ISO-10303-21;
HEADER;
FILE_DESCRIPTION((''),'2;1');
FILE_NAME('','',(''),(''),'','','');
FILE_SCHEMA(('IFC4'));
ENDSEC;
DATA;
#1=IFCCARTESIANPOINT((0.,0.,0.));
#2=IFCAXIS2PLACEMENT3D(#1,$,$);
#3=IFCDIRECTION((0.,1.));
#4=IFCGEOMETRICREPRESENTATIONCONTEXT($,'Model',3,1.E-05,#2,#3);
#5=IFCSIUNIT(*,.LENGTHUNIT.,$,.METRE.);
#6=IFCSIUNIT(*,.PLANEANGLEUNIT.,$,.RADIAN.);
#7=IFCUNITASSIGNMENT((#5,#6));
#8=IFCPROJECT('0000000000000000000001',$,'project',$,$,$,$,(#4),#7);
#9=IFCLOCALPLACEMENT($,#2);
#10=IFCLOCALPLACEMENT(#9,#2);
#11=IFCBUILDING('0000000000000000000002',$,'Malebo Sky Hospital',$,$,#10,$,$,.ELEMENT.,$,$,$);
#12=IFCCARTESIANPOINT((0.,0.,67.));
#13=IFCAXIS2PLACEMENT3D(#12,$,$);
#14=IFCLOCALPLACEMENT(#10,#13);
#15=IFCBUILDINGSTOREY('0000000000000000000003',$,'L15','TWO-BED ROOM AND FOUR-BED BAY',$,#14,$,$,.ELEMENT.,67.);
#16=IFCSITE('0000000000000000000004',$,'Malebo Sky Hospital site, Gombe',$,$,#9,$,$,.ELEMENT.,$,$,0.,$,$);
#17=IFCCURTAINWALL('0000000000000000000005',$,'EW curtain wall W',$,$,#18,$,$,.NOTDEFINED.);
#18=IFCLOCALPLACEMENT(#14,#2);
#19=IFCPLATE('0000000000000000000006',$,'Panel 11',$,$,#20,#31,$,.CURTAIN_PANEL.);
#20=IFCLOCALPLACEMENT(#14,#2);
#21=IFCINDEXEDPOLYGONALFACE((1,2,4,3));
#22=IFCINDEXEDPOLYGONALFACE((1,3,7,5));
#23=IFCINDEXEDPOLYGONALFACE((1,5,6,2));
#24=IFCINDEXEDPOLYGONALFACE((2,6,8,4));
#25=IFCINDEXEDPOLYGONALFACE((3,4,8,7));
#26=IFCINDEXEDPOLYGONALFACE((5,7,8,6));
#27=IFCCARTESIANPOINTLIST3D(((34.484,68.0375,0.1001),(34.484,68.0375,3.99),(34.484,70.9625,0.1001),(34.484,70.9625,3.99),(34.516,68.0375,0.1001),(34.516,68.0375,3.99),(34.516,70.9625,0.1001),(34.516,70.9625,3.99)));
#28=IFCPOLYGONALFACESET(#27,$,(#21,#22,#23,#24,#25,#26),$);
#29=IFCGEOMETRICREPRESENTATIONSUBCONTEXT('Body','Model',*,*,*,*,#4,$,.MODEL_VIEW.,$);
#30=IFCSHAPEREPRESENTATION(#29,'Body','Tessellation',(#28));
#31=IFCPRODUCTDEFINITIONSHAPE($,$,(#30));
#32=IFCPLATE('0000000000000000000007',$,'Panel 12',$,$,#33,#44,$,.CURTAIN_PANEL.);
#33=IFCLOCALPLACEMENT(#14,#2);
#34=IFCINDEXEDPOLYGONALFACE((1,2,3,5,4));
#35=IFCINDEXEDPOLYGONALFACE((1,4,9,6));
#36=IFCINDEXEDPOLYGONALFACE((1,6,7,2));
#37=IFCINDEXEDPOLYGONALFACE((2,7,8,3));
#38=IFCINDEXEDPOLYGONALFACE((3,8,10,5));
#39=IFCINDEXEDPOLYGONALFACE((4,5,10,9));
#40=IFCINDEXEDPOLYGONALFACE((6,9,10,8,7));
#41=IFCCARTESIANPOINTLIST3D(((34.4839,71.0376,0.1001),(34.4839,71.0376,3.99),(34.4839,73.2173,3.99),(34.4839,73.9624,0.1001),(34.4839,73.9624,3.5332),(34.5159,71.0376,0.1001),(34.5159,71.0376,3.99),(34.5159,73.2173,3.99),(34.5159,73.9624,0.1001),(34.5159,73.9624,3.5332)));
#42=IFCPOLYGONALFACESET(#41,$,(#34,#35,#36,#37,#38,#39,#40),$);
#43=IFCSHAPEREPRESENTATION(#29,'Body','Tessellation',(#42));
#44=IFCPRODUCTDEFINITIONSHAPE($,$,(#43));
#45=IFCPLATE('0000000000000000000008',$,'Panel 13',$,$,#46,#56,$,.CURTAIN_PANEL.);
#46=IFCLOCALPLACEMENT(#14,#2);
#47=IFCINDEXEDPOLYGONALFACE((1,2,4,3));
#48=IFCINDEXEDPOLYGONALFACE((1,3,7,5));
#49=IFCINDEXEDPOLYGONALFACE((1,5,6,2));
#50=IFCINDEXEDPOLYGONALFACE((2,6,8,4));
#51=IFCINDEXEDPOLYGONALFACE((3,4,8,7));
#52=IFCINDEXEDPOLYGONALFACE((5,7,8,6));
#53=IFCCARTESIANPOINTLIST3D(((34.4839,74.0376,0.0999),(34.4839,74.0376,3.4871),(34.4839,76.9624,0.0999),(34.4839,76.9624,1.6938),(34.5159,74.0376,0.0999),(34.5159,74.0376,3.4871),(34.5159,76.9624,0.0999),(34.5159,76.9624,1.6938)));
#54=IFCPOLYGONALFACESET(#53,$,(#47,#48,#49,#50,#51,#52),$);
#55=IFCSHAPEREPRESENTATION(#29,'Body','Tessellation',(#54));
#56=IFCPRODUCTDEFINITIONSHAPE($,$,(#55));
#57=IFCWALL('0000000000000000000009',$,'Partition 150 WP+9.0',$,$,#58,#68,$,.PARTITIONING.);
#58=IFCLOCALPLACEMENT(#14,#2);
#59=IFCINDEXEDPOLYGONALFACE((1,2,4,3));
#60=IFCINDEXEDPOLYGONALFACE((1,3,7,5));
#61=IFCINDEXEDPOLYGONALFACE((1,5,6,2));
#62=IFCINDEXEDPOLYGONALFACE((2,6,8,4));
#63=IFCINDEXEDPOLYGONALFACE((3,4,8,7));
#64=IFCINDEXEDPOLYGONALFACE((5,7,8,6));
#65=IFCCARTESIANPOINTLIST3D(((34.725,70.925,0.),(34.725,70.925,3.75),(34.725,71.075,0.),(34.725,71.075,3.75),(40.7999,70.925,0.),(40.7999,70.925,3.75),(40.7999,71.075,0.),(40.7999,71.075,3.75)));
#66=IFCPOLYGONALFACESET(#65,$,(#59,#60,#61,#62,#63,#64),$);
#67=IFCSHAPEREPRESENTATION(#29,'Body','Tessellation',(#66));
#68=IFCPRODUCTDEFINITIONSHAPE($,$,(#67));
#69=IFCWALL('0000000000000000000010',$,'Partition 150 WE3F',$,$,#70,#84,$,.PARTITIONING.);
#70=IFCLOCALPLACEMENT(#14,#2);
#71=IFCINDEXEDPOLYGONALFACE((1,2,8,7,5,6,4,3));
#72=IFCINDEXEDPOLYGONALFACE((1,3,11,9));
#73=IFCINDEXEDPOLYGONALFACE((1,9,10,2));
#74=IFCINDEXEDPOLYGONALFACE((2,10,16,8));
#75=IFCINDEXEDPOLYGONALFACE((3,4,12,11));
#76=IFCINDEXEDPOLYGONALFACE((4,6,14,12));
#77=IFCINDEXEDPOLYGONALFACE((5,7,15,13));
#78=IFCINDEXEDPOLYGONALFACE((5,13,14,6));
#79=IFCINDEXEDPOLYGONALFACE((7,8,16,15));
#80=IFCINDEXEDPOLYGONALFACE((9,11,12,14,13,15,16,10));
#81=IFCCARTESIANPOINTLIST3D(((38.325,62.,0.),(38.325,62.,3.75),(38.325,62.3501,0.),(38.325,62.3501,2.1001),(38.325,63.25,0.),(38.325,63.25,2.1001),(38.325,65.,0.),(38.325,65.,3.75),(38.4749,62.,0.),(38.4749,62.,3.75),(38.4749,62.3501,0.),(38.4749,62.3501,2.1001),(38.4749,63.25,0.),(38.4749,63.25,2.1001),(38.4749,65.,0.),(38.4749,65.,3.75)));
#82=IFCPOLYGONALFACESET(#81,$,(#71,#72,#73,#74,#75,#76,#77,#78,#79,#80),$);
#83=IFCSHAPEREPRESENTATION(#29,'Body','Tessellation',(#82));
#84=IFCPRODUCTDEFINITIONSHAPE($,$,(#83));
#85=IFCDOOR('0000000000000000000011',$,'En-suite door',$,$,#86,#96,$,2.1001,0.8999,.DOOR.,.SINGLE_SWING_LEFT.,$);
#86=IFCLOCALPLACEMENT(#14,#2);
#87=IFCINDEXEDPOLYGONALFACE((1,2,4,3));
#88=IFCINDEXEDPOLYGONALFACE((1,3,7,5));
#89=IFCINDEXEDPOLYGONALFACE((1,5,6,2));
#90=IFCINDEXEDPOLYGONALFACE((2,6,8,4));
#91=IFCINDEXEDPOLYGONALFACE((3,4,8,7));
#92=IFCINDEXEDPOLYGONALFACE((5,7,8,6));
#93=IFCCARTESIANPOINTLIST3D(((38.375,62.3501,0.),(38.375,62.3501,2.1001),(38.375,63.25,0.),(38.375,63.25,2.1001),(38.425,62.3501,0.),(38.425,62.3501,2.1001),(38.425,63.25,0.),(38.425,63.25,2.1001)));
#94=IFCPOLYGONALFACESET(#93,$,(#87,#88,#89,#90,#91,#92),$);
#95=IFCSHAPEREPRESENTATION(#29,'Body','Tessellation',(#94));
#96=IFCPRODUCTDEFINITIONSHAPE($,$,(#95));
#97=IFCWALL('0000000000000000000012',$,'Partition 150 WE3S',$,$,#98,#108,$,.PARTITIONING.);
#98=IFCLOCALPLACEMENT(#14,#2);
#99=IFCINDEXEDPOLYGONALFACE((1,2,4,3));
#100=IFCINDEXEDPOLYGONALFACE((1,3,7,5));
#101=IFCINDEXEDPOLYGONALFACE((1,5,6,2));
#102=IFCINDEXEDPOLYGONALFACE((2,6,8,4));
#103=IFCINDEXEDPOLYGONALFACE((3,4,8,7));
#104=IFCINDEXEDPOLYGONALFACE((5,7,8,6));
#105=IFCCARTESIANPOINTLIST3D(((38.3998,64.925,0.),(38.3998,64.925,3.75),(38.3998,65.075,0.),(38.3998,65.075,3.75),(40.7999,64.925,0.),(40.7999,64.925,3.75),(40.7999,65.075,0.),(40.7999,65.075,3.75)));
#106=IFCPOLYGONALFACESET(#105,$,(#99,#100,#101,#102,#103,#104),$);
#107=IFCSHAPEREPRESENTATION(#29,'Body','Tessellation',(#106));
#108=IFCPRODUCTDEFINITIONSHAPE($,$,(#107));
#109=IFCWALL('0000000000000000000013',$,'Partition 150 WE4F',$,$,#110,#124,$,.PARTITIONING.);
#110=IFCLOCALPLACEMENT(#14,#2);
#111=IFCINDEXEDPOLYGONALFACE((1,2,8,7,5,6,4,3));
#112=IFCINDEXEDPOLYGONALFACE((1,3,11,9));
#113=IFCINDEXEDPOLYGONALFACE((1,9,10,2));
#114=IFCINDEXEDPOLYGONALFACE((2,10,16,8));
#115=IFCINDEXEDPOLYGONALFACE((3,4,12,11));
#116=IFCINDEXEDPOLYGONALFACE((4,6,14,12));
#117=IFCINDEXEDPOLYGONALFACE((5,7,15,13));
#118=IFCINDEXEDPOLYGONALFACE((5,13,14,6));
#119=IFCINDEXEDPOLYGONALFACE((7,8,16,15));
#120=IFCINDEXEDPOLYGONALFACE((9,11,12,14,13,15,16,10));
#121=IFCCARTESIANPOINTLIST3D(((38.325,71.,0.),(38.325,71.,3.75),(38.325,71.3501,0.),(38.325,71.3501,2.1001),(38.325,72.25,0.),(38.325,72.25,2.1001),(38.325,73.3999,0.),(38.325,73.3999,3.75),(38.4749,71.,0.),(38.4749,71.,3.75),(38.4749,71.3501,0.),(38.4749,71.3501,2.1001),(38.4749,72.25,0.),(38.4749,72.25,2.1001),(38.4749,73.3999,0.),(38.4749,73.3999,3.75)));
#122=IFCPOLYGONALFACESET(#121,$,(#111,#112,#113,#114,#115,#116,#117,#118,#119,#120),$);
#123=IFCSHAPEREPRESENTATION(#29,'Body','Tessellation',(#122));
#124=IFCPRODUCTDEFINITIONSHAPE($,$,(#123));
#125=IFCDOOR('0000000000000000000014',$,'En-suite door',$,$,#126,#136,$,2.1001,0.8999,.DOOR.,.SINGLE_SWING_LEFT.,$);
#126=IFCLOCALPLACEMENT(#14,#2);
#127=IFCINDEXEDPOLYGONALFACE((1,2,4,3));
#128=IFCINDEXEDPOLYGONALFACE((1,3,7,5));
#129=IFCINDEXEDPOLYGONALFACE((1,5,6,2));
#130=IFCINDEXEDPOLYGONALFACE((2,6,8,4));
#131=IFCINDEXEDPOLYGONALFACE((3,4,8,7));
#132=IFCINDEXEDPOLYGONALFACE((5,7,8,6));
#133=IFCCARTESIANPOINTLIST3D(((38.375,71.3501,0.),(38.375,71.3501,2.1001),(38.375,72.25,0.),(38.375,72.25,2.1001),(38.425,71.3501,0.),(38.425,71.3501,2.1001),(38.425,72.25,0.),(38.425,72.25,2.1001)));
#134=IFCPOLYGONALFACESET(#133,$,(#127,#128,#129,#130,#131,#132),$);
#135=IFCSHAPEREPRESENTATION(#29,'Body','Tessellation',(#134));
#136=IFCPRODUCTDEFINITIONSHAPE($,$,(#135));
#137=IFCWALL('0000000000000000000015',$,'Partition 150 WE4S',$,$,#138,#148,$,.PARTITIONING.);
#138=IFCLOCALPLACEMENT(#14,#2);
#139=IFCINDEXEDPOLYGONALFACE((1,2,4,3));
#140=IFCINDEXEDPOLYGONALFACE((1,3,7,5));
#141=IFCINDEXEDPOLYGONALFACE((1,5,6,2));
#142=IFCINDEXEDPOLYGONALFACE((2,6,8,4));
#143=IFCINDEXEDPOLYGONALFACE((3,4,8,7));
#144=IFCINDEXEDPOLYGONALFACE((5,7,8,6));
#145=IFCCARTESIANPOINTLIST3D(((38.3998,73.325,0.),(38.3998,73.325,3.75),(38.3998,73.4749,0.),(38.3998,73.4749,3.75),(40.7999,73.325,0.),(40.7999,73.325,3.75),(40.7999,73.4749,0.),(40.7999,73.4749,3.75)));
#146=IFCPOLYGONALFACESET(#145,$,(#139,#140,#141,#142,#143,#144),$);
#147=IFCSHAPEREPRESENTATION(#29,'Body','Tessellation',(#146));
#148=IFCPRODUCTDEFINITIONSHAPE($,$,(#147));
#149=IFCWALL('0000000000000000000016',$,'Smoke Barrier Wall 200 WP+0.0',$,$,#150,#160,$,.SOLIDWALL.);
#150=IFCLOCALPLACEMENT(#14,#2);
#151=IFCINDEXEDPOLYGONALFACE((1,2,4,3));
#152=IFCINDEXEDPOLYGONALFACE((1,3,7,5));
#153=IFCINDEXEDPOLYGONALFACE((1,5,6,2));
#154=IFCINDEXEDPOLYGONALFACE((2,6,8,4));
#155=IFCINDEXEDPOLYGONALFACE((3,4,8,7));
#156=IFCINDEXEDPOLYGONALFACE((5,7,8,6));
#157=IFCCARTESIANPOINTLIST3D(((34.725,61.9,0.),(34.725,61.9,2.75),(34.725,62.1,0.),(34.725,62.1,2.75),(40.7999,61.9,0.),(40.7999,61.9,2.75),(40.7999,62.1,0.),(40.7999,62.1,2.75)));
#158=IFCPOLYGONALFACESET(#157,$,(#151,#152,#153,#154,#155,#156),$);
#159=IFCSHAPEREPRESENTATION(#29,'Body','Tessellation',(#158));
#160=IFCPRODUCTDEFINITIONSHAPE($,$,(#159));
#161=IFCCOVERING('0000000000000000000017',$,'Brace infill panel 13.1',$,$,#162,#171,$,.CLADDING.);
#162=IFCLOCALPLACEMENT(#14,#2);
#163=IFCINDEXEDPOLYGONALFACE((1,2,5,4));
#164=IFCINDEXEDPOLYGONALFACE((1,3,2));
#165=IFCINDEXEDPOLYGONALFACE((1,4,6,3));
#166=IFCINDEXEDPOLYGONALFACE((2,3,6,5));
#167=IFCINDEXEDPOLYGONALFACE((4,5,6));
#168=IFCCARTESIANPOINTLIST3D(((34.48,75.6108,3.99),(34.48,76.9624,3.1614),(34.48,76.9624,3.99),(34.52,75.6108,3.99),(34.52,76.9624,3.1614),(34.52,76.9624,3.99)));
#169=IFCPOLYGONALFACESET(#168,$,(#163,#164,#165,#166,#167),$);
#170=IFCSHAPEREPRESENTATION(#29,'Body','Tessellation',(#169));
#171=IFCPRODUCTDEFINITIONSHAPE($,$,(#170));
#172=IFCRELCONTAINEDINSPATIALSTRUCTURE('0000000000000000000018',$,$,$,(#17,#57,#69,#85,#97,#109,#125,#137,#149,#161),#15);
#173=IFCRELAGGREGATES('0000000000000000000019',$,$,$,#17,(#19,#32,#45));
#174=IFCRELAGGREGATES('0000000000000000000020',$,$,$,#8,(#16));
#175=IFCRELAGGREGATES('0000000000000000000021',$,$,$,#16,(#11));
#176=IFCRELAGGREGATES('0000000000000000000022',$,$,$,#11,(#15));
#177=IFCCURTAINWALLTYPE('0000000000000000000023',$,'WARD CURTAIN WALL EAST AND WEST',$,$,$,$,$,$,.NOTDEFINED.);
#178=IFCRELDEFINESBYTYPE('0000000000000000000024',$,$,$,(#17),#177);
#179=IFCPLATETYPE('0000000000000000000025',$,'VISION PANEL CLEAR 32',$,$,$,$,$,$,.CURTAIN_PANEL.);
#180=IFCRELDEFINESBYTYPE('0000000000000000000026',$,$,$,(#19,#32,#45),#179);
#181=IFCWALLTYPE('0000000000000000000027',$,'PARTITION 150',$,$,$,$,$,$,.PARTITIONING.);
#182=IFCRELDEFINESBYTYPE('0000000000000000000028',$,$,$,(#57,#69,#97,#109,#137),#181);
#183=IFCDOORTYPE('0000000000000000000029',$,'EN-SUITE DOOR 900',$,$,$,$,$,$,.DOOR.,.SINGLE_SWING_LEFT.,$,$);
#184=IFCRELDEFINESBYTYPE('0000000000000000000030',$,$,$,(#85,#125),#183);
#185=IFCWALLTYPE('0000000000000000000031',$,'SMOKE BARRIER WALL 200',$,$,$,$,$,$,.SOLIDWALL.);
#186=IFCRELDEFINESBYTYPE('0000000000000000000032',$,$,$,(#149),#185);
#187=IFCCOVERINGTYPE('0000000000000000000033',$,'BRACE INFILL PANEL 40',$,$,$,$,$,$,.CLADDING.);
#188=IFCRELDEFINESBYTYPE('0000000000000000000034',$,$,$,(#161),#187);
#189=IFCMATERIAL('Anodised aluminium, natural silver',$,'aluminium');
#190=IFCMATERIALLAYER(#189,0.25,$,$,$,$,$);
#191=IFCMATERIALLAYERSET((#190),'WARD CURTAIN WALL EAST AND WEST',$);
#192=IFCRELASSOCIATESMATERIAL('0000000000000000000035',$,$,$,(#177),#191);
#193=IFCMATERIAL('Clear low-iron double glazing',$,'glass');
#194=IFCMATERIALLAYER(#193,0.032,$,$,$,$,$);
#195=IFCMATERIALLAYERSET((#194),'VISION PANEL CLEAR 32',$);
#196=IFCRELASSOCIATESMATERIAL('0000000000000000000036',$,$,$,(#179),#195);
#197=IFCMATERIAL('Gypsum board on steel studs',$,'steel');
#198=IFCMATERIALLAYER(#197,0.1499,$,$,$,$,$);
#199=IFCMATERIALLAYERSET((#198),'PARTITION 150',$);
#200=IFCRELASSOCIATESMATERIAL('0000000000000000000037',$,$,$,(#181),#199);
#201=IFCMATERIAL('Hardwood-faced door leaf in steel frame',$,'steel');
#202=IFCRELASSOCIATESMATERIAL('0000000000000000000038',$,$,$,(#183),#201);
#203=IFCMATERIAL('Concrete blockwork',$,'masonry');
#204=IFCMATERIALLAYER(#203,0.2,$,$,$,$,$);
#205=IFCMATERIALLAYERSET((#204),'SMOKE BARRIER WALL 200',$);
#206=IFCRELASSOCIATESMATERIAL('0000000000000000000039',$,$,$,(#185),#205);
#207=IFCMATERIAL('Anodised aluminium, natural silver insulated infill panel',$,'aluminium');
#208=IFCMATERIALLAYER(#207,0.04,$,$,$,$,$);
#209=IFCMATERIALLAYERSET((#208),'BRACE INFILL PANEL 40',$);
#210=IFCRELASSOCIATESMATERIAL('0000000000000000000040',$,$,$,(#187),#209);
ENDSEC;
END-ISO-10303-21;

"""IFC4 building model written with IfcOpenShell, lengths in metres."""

from ifc_helpers import new_model, si_unit, direction, frame, frame_2d, origin, origin_2d, place, context, subcontext, project, spatial, polyline, rectangle, outline, extrude, material, layer, layer_set, type_object, element, fill, aggregate, save


model = new_model("IFC4")

# Units and contexts
model_context = context("Model", 3, precision=1e-05, world=origin(), true_north=direction((0.0, 1.0)))
body_context = subcontext(model_context, "Body", "Model", "MODEL_VIEW")
ifc_project = project(units=[si_unit("LENGTHUNIT", "METRE"), si_unit("PLANEANGLEUNIT", "RADIAN")], contexts=[model_context])

# Site, building, storey
site_placement = place(None, origin())
site = spatial("IfcSite", under=ifc_project, at=site_placement, Name="Malebo Sky Hospital site, Gombe", CompositionType="ELEMENT", RefElevation=0.0)
building_placement = place(site_placement, origin())
building = spatial("IfcBuilding", under=site, at=building_placement, Name="Malebo Sky Hospital", CompositionType="ELEMENT")
storey_placement = place(building_placement, frame((0.0, 0.0, 67.0)))
storey = spatial("IfcBuildingStorey", under=building, at=storey_placement, Name="L15", Description="TWO-BED ROOM AND FOUR-BED BAY", CompositionType="ELEMENT", Elevation=67.0)

# Curtain wall
ifc_material_1 = material(Name="Anodised aluminium, natural silver", Category="aluminium")
ifc_layer_1 = layer(ifc_material_1, 0.25)
ifc_layer_set_1 = layer_set([ifc_layer_1], Name="WARD CURTAIN WALL EAST AND WEST")
curtain_wall_type = type_object("IfcCurtainWallType", Name="WARD CURTAIN WALL EAST AND WEST", PredefinedType="NOTDEFINED", material=ifc_layer_set_1)
curtain_wall_placement = place(storey_placement, origin())
curtain_wall = element("IfcCurtainWall", 1, at=curtain_wall_placement, inside=storey, type_object=curtain_wall_type, Name="EW curtain wall W", PredefinedType="NOTDEFINED")

# Plates
ifc_material_2 = material(Name="Clear low-iron double glazing", Category="glass")
ifc_layer_2 = layer(ifc_material_2, 0.032)
ifc_layer_set_2 = layer_set([ifc_layer_2], Name="VISION PANEL CLEAR 32")
plate_type = type_object("IfcPlateType", Name="VISION PANEL CLEAR 32", PredefinedType="CURTAIN_PANEL", material=ifc_layer_set_2)
plate_1_placement = place(storey_placement, frame((34.5, 69.5, 0.1001), z_axis=(0.0, 0.0, 1.0), x_axis=(0.0, 1.0, 0.0)))
plate_1 = element("IfcPlate", 2, at=plate_1_placement, type_object=plate_type, Name="Panel 11", PredefinedType="CURTAIN_PANEL", context=body_context, shape_type="SweptSolid", body=[
    extrude(rectangle(XDim=2.925, YDim=0.032, at=origin_2d()), origin(), (0.0, 0.0, 1.0), 3.8899),
])
plate_2_placement = place(storey_placement, frame((34.5, 72.5, 0.1001), z_axis=(0.0, 0.0, 1.0), x_axis=(0.0, 1.0, 0.0)))
plate_2 = element("IfcPlate", 3, at=plate_2_placement, type_object=plate_type, Name="Panel 12", PredefinedType="CURTAIN_PANEL", context=body_context, shape_type="SweptSolid", body=[
    extrude(outline(polyline([(-1.4624, 0.0), (1.4624, 0.0), (1.4624, 3.4331), (0.7173, 3.8899), (-1.4624, 3.8899), (-1.4624, 0.0)])), frame((0.0, 0.0161, 0.0), z_axis=(0.0, -1.0, 0.0), x_axis=(1.0, 0.0, 0.0)), (0.0, 0.0, 1.0), 0.032),
])
plate_3_placement = place(storey_placement, frame((34.5, 75.5, 0.0999), z_axis=(0.0, 0.0, 1.0), x_axis=(0.0, 1.0, 0.0)))
plate_3 = element("IfcPlate", 4, at=plate_3_placement, type_object=plate_type, Name="Panel 13", PredefinedType="CURTAIN_PANEL", context=body_context, shape_type="SweptSolid", body=[
    extrude(outline(polyline([(-1.4624, 0.0), (1.4624, 0.0), (1.4624, 1.594), (-1.4624, 3.3872), (-1.4624, 0.0)])), frame((0.0, 0.0161, 0.0), z_axis=(0.0, -1.0, 0.0), x_axis=(1.0, 0.0, 0.0)), (0.0, 0.0, 1.0), 0.032),
])
aggregate(curtain_wall, [plate_1, plate_2, plate_3])

# Wall
ifc_material_3 = material(Name="Gypsum board on steel studs", Category="steel")
ifc_layer_3 = layer(ifc_material_3, 0.1499)
ifc_layer_set_3 = layer_set([ifc_layer_3], Name="PARTITION 150")
wall_type_1 = type_object("IfcWallType", Name="PARTITION 150", PredefinedType="PARTITIONING", material=ifc_layer_set_3)
wall_1_placement = place(storey_placement, frame((40.8, 71.0, 0.0), z_axis=(0.0, 0.0, 1.0), x_axis=(-1.0, 0.0, 0.0)))
element("IfcWall", 5, at=wall_1_placement, inside=storey, type_object=wall_type_1, Name="Partition 150 WP+9.0", PredefinedType="PARTITIONING", context=body_context, shape_type="SweptSolid", body=[
    extrude(rectangle(XDim=6.075, YDim=0.1499, at=frame_2d((3.0376, 0.0))), origin(), (0.0, 0.0, 1.0), 3.75),
])

# Wall, opening, door
wall_2_placement = place(storey_placement, frame((38.3999, 62.0, 0.0), z_axis=(0.0, 0.0, 1.0), x_axis=(0.0, 1.0, 0.0)))
wall_2 = element("IfcWall", 6, at=wall_2_placement, inside=storey, type_object=wall_type_1, Name="Partition 150 WE3F", PredefinedType="PARTITIONING", context=body_context, shape_type="SweptSolid", body=[
    extrude(rectangle(XDim=3.0, YDim=0.1499, at=frame_2d((1.5, 0.0))), origin(), (0.0, 0.0, 1.0), 3.75),
])
opening_1_placement = place(wall_2_placement, frame((0.3501, 0.0, 0.0)))
opening_1 = element("IfcOpeningElement", 7, at=opening_1_placement, cuts=wall_2, PredefinedType="OPENING", context=body_context, shape_type="SweptSolid", body=[
    extrude(rectangle(XDim=0.8999, YDim=2.1001, at=frame_2d((0.45, 1.05))), frame((0.0, 0.085, 0.0), z_axis=(0.0, -1.0, 0.0), x_axis=(1.0, 0.0, 0.0)), (0.0, 0.0, 1.0), 0.1699),
])
ifc_material_4 = material(Name="Hardwood-faced door leaf in steel frame", Category="steel")
door_type = type_object("IfcDoorType", Name="EN-SUITE DOOR 900", OperationType="SINGLE_SWING_LEFT", PredefinedType="DOOR", material=ifc_material_4)
door_1_placement = place(opening_1_placement, origin())
door_1 = element("IfcDoor", 8, at=door_1_placement, inside=storey, type_object=door_type, Name="En-suite door", OperationType="SINGLE_SWING_LEFT", OverallHeight=2.1001, OverallWidth=0.8999, PredefinedType="DOOR", context=body_context, shape_type="SweptSolid", body=[
    extrude(rectangle(XDim=0.8999, YDim=2.1001, at=frame_2d((0.45, 1.05))), frame((0.0, 0.0249, 0.0), z_axis=(0.0, -1.0, 0.0), x_axis=(1.0, 0.0, 0.0)), (0.0, 0.0, 1.0), 0.05),
])
fill(opening_1, door_1)

# Wall
wall_3_placement = place(storey_placement, frame((40.8, 65.0, 0.0), z_axis=(0.0, 0.0, 1.0), x_axis=(-1.0, 0.0, 0.0)))
element("IfcWall", 9, at=wall_3_placement, inside=storey, type_object=wall_type_1, Name="Partition 150 WE3S", PredefinedType="PARTITIONING", context=body_context, shape_type="SweptSolid", body=[
    extrude(rectangle(XDim=2.4001, YDim=0.1499, at=frame_2d((1.2002, 0.0))), origin(), (0.0, 0.0, 1.0), 3.75),
])

# Wall, opening, door
wall_4_placement = place(storey_placement, frame((38.3999, 71.0, 0.0), z_axis=(0.0, 0.0, 1.0), x_axis=(0.0, 1.0, 0.0)))
wall_4 = element("IfcWall", 10, at=wall_4_placement, inside=storey, type_object=wall_type_1, Name="Partition 150 WE4F", PredefinedType="PARTITIONING", context=body_context, shape_type="SweptSolid", body=[
    extrude(rectangle(XDim=2.3999, YDim=0.1499, at=frame_2d((1.2, 0.0))), origin(), (0.0, 0.0, 1.0), 3.75),
])
opening_2_placement = place(wall_4_placement, frame((0.3501, 0.0, 0.0)))
opening_2 = element("IfcOpeningElement", 11, at=opening_2_placement, cuts=wall_4, PredefinedType="OPENING", context=body_context, shape_type="SweptSolid", body=[
    extrude(rectangle(XDim=0.8999, YDim=2.1001, at=frame_2d((0.45, 1.05))), frame((0.0, 0.085, 0.0), z_axis=(0.0, -1.0, 0.0), x_axis=(1.0, 0.0, 0.0)), (0.0, 0.0, 1.0), 0.1699),
])
door_2_placement = place(opening_2_placement, origin())
door_2 = element("IfcDoor", 12, at=door_2_placement, inside=storey, type_object=door_type, Name="En-suite door", OperationType="SINGLE_SWING_LEFT", OverallHeight=2.1001, OverallWidth=0.8999, PredefinedType="DOOR", context=body_context, shape_type="SweptSolid", body=[
    extrude(rectangle(XDim=0.8999, YDim=2.1001, at=frame_2d((0.45, 1.05))), frame((0.0, 0.0249, 0.0), z_axis=(0.0, -1.0, 0.0), x_axis=(1.0, 0.0, 0.0)), (0.0, 0.0, 1.0), 0.05),
])
fill(opening_2, door_2)

# Walls
wall_5_placement = place(storey_placement, frame((40.8, 73.3999, 0.0), z_axis=(0.0, 0.0, 1.0), x_axis=(-1.0, 0.0, 0.0)))
element("IfcWall", 13, at=wall_5_placement, inside=storey, type_object=wall_type_1, Name="Partition 150 WE4S", PredefinedType="PARTITIONING", context=body_context, shape_type="SweptSolid", body=[
    extrude(rectangle(XDim=2.4001, YDim=0.1499, at=frame_2d((1.2002, 0.0))), origin(), (0.0, 0.0, 1.0), 3.75),
])
ifc_material_5 = material(Name="Concrete blockwork", Category="masonry")
ifc_layer_4 = layer(ifc_material_5, 0.2)
ifc_layer_set_4 = layer_set([ifc_layer_4], Name="SMOKE BARRIER WALL 200")
wall_type_2 = type_object("IfcWallType", Name="SMOKE BARRIER WALL 200", PredefinedType="SOLIDWALL", material=ifc_layer_set_4)
wall_6_placement = place(storey_placement, frame((40.8, 62.0, 0.0), z_axis=(0.0, 0.0, 1.0), x_axis=(-1.0, 0.0, 0.0)))
element("IfcWall", 14, at=wall_6_placement, inside=storey, type_object=wall_type_2, Name="Smoke Barrier Wall 200 WP+0.0", PredefinedType="SOLIDWALL", context=body_context, shape_type="SweptSolid", body=[
    extrude(rectangle(XDim=6.075, YDim=0.2, at=frame_2d((3.0376, 0.0))), origin(), (0.0, 0.0, 1.0), 2.75),
])

# Covering
ifc_material_6 = material(Name="Anodised aluminium, natural silver insulated infill panel", Category="aluminium")
ifc_layer_5 = layer(ifc_material_6, 0.04)
ifc_layer_set_5 = layer_set([ifc_layer_5], Name="BRACE INFILL PANEL 40")
covering_type = type_object("IfcCoveringType", Name="BRACE INFILL PANEL 40", PredefinedType="CLADDING", material=ifc_layer_set_5)
covering_placement = place(storey_placement, frame((34.5, 76.2866, 3.1614), z_axis=(0.0, 0.0, 1.0), x_axis=(0.0, 1.0, 0.0)))
element("IfcCovering", 15, at=covering_placement, inside=storey, type_object=covering_type, Name="Brace infill panel 13.1", PredefinedType="CLADDING", context=body_context, shape_type="SweptSolid", body=[
    extrude(outline(polyline([(0.6758, 0.0), (0.6758, 0.8286), (-0.6758, 0.8286), (0.6758, 0.0)])), frame((0.0, 0.02, 0.0), z_axis=(0.0, -1.0, 0.0), x_axis=(1.0, 0.0, 0.0)), (0.0, 0.0, 1.0), 0.04),
])

save(model, "model.ifc")
